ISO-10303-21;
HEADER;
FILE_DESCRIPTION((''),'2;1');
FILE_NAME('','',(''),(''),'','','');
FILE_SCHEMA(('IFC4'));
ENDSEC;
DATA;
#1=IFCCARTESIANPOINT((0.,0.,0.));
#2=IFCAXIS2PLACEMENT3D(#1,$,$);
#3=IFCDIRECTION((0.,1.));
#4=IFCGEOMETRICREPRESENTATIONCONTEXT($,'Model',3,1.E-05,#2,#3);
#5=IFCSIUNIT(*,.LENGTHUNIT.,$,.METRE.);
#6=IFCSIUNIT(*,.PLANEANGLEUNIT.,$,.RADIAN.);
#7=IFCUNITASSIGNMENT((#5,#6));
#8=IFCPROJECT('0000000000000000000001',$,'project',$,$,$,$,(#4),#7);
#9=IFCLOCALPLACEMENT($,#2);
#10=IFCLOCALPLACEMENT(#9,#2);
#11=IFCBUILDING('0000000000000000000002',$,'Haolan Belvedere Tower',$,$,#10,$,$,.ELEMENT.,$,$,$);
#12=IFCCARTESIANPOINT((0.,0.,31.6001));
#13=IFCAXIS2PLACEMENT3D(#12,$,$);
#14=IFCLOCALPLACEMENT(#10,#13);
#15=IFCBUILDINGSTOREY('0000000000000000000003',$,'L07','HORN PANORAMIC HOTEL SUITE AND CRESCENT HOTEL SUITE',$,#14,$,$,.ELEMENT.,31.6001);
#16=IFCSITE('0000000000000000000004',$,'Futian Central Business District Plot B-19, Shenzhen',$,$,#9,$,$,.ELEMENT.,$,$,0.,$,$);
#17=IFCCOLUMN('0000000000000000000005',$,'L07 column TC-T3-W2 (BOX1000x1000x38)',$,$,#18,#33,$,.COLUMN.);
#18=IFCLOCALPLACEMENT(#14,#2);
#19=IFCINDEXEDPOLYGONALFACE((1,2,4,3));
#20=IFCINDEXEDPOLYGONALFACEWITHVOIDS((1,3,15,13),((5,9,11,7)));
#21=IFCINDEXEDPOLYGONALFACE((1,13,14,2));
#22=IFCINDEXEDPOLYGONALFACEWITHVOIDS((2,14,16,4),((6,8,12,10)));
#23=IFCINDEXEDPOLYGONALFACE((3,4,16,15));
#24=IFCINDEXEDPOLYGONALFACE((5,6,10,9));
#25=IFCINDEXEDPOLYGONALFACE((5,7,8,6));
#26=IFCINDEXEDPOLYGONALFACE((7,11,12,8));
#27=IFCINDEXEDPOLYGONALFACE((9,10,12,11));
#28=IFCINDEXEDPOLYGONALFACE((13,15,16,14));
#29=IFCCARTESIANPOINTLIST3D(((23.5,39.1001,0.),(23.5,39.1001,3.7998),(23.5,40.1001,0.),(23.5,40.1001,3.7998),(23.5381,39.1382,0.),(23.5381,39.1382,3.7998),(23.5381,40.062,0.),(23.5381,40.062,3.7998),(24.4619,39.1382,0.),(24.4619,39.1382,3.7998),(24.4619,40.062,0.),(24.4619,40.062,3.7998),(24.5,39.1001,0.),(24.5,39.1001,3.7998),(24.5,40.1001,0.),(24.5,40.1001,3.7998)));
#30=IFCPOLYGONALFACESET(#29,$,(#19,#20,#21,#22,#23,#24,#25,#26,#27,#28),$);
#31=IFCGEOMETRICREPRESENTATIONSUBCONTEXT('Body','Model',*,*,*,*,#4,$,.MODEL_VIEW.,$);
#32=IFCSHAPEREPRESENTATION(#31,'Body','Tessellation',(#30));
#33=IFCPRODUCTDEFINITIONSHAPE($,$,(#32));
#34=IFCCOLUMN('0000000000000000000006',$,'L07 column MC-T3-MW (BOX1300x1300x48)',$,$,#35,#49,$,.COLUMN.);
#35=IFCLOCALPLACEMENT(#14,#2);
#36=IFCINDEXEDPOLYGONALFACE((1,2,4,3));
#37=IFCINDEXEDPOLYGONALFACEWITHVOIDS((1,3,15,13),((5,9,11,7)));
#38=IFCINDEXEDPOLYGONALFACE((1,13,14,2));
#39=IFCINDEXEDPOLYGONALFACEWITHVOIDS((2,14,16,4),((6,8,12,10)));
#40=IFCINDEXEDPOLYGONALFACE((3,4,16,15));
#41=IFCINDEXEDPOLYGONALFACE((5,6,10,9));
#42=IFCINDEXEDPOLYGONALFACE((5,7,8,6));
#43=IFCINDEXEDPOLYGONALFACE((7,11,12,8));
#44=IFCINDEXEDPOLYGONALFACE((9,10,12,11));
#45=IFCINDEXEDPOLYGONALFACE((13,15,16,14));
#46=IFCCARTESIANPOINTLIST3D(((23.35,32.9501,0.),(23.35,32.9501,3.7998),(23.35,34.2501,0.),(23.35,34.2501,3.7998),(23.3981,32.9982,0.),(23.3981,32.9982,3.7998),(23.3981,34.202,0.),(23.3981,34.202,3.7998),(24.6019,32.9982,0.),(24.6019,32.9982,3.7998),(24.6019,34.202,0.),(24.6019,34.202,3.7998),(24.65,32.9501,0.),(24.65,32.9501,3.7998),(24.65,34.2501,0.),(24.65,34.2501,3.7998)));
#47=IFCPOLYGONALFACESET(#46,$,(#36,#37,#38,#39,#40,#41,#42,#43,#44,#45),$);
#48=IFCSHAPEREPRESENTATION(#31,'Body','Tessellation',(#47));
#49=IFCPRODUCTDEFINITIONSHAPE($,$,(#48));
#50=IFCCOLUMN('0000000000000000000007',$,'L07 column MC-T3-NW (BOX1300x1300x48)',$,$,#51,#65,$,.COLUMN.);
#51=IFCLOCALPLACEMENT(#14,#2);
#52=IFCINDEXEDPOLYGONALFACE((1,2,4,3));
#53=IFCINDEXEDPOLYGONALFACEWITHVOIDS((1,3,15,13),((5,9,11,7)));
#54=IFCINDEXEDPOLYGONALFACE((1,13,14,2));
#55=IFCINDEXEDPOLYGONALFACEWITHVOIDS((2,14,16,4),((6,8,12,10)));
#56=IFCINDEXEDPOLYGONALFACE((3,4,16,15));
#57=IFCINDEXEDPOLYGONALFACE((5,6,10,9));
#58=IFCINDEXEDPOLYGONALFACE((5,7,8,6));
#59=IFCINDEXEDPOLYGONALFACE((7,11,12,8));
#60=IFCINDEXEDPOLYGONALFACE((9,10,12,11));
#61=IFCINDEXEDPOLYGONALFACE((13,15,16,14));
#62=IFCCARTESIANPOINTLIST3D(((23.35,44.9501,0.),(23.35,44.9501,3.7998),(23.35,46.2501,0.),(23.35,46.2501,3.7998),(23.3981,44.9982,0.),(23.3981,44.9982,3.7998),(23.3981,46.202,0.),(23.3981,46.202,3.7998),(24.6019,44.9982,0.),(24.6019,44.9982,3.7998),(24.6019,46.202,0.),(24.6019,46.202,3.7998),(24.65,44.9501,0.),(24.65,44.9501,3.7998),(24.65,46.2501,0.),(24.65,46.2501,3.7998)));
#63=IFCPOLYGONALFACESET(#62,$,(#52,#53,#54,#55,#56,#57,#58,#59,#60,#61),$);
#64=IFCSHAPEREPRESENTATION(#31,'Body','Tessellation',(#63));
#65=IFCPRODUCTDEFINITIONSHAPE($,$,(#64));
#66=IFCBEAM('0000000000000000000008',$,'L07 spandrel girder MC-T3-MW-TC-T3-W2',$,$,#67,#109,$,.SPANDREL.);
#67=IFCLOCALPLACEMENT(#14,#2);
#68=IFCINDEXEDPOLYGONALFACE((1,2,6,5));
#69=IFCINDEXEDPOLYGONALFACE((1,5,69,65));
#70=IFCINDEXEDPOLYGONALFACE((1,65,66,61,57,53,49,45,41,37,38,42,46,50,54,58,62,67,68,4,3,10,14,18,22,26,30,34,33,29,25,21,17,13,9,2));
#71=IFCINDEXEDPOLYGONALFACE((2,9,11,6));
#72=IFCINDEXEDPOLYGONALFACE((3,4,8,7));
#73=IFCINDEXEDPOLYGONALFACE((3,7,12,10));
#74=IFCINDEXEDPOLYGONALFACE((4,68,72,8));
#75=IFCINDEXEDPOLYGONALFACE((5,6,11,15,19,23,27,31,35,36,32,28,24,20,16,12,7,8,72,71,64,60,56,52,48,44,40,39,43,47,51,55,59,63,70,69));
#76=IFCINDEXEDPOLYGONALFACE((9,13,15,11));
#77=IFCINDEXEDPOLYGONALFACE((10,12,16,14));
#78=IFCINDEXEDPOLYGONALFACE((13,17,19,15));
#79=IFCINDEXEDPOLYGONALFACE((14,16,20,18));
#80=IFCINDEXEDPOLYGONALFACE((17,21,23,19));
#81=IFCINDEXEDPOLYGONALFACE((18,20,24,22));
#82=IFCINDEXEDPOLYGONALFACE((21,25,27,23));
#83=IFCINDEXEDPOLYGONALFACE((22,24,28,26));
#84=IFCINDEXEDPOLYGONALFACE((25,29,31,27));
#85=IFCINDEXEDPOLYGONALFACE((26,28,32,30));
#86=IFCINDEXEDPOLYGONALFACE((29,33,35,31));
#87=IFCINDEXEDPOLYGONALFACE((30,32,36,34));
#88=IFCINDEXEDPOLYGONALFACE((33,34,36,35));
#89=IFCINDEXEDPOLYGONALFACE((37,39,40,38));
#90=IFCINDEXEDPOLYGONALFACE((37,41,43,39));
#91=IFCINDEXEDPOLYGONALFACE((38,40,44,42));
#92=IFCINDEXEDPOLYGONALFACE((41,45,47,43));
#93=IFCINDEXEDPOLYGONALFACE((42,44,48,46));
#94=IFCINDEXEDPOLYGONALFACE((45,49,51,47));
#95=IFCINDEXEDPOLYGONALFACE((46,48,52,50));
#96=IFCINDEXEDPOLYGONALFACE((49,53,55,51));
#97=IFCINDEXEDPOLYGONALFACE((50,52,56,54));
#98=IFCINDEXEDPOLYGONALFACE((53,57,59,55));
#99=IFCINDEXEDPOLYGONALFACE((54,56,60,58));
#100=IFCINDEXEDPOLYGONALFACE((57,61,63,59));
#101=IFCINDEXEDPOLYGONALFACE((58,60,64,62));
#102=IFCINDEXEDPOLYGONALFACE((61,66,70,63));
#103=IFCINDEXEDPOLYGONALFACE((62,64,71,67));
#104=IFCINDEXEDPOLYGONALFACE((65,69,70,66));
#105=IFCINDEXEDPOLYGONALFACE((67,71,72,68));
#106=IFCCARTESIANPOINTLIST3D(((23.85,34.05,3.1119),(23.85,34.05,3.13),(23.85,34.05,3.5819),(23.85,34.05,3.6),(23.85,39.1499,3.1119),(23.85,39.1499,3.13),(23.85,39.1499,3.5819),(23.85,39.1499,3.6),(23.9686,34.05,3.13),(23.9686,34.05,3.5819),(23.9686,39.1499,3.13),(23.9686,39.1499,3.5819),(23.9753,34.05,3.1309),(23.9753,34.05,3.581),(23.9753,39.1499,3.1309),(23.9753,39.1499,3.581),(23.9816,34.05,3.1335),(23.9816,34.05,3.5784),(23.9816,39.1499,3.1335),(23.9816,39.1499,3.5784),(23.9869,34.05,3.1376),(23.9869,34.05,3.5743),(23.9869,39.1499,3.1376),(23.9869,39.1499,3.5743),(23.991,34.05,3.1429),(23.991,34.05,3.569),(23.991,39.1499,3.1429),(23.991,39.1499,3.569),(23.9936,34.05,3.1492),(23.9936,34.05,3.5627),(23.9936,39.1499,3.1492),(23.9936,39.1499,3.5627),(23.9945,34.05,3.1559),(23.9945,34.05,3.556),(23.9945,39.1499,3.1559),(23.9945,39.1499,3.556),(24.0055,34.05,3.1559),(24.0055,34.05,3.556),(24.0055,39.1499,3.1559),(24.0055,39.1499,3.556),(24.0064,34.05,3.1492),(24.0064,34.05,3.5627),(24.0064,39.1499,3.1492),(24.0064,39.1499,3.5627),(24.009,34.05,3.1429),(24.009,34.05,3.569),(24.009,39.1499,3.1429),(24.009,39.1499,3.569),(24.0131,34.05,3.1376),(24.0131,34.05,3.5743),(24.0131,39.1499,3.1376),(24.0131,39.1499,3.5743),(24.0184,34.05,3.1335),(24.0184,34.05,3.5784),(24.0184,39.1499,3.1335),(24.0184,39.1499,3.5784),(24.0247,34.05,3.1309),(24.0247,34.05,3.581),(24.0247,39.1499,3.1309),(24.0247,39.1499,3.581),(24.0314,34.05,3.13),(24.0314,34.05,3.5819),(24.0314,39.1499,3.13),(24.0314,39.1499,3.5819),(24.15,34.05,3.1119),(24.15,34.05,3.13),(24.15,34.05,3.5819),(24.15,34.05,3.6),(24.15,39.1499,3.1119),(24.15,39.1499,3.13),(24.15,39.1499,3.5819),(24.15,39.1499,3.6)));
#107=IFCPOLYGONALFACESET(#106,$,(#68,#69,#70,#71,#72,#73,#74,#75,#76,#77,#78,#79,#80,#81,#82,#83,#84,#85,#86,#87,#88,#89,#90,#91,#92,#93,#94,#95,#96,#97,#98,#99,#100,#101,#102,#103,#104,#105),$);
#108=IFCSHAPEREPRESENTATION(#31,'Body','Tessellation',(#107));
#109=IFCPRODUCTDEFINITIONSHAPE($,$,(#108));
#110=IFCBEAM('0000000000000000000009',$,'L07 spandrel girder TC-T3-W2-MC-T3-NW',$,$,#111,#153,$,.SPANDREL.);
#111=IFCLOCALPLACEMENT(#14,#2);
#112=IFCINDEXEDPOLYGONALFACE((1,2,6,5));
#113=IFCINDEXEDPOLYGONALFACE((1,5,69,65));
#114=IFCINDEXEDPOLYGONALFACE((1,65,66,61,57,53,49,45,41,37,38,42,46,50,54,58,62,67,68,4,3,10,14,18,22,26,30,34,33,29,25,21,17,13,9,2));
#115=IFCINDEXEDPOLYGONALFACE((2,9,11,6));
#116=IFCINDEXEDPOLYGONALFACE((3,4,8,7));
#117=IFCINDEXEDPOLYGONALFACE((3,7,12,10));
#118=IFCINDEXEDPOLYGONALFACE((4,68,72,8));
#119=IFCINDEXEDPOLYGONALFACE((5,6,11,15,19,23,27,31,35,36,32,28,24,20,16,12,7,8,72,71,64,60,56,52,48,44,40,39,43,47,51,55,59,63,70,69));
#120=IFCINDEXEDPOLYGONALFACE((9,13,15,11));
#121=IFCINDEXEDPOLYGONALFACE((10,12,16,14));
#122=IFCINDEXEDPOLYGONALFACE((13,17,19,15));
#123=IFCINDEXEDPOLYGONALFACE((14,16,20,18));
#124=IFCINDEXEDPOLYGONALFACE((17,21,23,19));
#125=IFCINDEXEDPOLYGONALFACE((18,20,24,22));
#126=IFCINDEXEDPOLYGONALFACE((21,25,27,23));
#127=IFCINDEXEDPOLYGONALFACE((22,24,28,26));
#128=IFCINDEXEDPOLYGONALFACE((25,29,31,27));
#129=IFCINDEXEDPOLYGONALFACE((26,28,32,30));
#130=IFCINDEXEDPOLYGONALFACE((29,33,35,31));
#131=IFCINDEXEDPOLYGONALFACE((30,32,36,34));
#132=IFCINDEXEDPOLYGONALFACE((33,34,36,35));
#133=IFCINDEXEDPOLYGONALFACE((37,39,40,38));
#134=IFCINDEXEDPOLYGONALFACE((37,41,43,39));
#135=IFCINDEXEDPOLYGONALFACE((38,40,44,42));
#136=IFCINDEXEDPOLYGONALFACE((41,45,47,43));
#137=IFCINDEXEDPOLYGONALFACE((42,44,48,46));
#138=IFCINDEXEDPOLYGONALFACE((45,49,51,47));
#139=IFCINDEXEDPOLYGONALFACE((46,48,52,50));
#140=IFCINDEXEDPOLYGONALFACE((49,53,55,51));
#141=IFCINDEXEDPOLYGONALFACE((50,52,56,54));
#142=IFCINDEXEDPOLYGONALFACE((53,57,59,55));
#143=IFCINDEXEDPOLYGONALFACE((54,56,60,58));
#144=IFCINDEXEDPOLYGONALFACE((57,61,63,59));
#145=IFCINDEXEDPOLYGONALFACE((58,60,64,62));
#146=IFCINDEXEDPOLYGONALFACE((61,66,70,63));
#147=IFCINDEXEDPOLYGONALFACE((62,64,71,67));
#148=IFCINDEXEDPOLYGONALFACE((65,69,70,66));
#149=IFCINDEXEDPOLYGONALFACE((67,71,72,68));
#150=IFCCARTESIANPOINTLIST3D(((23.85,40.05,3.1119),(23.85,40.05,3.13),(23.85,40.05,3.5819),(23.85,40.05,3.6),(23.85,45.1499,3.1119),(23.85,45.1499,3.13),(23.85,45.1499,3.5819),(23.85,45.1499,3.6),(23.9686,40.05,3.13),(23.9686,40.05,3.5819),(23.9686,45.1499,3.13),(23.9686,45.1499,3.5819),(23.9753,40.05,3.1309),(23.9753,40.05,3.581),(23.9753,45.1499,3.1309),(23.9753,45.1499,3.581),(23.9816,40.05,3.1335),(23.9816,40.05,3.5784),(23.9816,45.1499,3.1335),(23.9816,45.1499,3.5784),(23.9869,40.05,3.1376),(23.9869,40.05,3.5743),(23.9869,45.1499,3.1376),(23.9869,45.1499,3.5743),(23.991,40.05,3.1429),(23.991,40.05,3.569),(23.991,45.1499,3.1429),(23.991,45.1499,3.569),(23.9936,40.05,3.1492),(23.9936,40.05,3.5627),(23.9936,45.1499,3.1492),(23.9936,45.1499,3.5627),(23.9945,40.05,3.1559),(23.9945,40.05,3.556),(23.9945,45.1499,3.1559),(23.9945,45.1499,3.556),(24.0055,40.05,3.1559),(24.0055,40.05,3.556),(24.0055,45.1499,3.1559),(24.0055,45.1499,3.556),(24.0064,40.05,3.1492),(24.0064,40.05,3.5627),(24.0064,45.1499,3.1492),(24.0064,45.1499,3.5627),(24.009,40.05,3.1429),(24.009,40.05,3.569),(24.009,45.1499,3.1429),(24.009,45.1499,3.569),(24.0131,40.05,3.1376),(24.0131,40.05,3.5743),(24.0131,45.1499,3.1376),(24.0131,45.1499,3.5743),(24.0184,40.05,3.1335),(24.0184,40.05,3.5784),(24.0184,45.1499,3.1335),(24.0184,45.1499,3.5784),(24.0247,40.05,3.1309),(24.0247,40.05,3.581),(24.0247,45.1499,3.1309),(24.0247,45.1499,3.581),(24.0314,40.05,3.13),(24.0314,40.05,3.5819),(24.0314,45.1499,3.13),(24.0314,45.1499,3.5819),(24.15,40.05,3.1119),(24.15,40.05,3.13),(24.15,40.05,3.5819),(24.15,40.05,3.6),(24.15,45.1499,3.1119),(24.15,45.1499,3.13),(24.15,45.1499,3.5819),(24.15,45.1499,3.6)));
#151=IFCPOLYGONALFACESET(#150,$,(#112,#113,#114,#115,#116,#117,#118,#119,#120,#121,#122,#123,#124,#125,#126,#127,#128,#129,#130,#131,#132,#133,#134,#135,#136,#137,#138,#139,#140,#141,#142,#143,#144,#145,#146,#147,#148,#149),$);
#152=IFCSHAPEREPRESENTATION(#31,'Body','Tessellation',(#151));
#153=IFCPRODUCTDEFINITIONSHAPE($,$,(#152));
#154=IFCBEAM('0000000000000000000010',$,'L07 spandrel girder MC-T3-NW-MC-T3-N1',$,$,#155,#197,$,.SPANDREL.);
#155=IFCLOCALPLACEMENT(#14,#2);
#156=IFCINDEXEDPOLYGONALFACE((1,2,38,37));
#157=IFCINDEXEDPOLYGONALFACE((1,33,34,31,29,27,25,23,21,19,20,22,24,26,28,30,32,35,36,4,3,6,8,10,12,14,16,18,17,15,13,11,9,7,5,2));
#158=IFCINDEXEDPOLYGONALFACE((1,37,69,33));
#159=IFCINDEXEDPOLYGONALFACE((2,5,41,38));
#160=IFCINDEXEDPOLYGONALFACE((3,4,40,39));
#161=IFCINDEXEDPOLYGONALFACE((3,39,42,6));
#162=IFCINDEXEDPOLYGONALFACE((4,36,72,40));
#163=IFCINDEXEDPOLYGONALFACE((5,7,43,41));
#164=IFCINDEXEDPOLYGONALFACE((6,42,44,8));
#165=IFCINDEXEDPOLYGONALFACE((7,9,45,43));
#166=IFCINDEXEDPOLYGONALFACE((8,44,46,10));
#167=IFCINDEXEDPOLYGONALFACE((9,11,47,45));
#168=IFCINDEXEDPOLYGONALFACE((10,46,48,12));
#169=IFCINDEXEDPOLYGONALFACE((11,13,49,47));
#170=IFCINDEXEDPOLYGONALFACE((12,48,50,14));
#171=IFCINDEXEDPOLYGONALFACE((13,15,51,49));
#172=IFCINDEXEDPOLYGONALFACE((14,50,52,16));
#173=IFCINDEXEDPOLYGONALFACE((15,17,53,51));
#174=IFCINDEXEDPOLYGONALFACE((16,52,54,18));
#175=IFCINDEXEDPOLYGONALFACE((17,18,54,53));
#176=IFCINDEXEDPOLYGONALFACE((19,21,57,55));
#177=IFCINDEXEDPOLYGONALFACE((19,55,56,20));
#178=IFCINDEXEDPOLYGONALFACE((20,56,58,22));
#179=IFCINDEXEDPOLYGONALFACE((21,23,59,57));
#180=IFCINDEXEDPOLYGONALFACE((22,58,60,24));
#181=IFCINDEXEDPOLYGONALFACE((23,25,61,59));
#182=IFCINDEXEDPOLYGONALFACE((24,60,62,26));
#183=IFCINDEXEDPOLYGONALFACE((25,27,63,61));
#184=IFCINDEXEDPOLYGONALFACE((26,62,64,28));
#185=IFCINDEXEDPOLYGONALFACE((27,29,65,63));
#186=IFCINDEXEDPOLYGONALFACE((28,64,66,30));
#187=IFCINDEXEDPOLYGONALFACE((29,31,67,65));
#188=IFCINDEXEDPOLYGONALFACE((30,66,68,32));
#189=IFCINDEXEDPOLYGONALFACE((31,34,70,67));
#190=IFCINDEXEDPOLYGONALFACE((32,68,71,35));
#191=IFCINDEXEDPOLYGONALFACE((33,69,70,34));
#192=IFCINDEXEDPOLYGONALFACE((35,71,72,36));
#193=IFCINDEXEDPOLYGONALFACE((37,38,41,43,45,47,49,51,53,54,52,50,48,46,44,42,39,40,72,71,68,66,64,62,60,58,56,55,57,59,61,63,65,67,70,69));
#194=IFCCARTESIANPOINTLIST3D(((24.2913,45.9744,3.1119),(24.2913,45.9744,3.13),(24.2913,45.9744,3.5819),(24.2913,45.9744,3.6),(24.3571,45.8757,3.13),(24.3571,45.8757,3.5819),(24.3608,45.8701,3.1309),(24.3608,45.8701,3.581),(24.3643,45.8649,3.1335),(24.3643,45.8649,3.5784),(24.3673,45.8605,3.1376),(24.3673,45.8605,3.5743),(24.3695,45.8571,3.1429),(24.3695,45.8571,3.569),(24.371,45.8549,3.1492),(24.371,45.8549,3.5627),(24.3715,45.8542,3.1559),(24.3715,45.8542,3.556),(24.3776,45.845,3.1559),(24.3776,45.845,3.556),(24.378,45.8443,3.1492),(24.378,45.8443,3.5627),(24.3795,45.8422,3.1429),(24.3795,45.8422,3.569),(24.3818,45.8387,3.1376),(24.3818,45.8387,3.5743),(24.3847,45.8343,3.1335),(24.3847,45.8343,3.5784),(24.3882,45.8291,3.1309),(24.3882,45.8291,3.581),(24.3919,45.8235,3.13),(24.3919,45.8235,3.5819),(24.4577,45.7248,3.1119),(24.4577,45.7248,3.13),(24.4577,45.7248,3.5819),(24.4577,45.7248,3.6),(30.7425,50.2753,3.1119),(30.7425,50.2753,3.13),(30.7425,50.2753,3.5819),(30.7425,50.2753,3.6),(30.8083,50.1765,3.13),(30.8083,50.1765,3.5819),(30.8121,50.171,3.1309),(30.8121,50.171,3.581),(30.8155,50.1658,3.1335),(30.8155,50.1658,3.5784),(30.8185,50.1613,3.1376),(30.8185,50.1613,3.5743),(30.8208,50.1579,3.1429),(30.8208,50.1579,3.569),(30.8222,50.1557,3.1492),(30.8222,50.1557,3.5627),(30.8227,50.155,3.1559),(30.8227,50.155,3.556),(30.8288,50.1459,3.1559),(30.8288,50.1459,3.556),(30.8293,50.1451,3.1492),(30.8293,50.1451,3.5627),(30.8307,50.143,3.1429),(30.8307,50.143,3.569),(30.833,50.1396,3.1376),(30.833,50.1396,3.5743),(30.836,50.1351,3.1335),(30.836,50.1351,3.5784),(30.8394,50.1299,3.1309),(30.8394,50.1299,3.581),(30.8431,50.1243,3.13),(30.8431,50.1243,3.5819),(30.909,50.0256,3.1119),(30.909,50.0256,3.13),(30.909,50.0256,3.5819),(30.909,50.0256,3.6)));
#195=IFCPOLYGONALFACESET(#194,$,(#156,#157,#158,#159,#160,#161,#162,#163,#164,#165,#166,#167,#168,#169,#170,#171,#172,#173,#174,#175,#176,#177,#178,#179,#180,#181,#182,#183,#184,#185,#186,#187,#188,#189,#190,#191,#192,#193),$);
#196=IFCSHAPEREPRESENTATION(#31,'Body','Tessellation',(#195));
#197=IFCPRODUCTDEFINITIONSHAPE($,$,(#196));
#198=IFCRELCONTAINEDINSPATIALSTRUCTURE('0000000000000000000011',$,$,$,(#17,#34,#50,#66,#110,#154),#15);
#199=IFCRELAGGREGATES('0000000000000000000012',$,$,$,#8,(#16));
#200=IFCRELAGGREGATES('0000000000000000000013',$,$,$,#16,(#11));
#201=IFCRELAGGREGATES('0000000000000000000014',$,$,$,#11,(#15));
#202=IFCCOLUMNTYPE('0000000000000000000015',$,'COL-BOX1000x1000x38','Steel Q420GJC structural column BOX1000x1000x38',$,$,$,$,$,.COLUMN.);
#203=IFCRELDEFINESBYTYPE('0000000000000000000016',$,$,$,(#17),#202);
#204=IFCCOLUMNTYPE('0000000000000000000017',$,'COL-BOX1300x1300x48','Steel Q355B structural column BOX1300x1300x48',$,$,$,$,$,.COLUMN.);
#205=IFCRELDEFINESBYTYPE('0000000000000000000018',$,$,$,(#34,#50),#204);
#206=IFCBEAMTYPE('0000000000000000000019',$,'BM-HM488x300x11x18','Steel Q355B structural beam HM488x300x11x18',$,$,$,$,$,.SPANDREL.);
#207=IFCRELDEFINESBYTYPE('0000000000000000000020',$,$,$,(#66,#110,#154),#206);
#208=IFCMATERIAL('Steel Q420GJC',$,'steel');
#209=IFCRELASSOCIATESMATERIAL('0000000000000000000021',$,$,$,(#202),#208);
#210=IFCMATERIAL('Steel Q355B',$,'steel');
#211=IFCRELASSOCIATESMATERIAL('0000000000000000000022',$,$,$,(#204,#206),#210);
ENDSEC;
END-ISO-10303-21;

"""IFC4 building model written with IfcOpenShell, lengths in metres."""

from ifc_helpers import new_model, si_unit, direction, frame, origin, origin_2d, place, context, subcontext, project, spatial, hollow_rectangle, i_section, extrude, material, material_profile, profile_set, type_object, element, save


model = new_model("IFC4")

# Units and contexts
model_context = context("Model", 3, precision=1e-05, world=origin(), true_north=direction((0.0, 1.0)))
body_context = subcontext(model_context, "Body", "Model", "MODEL_VIEW")
ifc_project = project(units=[si_unit("LENGTHUNIT", "METRE"), si_unit("PLANEANGLEUNIT", "RADIAN")], contexts=[model_context])

# Site, building, storey
site_placement = place(None, origin())
site = spatial("IfcSite", under=ifc_project, at=site_placement, Name="Futian Central Business District Plot B-19, Shenzhen", CompositionType="ELEMENT", RefElevation=0.0)
building_placement = place(site_placement, origin())
building = spatial("IfcBuilding", under=site, at=building_placement, Name="Haolan Belvedere Tower", CompositionType="ELEMENT")
storey_placement = place(building_placement, frame((0.0, 0.0, 31.6001)))
storey = spatial("IfcBuildingStorey", under=building, at=storey_placement, Name="L07", Description="HORN PANORAMIC HOTEL SUITE AND CRESCENT HOTEL SUITE", CompositionType="ELEMENT", Elevation=31.6001)

# Columns
ifc_material_1 = material(Name="Steel Q420GJC", Category="steel")
ifc_material_profile_1 = material_profile(ifc_material_1, hollow_rectangle(XDim=1.0, YDim=1.0, WallThickness=0.0381, at=origin_2d()), Name="Steel Q420GJC")
ifc_profile_set_1 = profile_set([ifc_material_profile_1], Name="Steel Q420GJC")
column_type_1 = type_object("IfcColumnType", Name="COL-BOX1000x1000x38", Description="Steel Q420GJC structural column BOX1000x1000x38", PredefinedType="COLUMN", material=ifc_profile_set_1)
column_placement = place(storey_placement, frame((24.0, 39.6001, 0.0), z_axis=(0.0, 0.0, 1.0), x_axis=(1.0, 0.0, 0.0)))
element("IfcColumn", 1, at=column_placement, inside=storey, type_object=column_type_1, Name="L07 column TC-T3-W2 (BOX1000x1000x38)", PredefinedType="COLUMN", context=body_context, shape_type="SweptSolid", body=[
    extrude(hollow_rectangle(XDim=1.0, YDim=1.0, WallThickness=0.0381, at=origin_2d()), origin(), (0.0, 0.0, 1.0), 3.7998),
])
ifc_material_2 = material(Name="Steel Q355B", Category="steel")
ifc_material_profile_2 = material_profile(ifc_material_2, hollow_rectangle(XDim=1.3, YDim=1.3, WallThickness=0.0481, at=origin_2d()), Name="Steel Q355B")
ifc_profile_set_2 = profile_set([ifc_material_profile_2], Name="Steel Q355B")
column_type_2 = type_object("IfcColumnType", Name="COL-BOX1300x1300x48", Description="Steel Q355B structural column BOX1300x1300x48", PredefinedType="COLUMN", material=ifc_profile_set_2)
for number, where, z_axis, x_axis, name in (
    (2, (24.0, 33.6001, 0.0), (0.0, 0.0, 1.0), (1.0, 0.0, 0.0), "L07 column MC-T3-MW (BOX1300x1300x48)"),
    (3, (24.0, 45.6001, 0.0), (0.0, 0.0, 1.0), (1.0, 0.0, 0.0), "L07 column MC-T3-NW (BOX1300x1300x48)"),
):
    element("IfcColumn", number, at=place(storey_placement, frame(where, z_axis=z_axis, x_axis=x_axis)), inside=storey, type_object=column_type_2, Name=name, PredefinedType="COLUMN", context=body_context, shape_type="SweptSolid", body=[
        extrude(hollow_rectangle(XDim=1.3, YDim=1.3, WallThickness=0.0481, at=origin_2d()), origin(), (0.0, 0.0, 1.0), 3.7998),
    ])

# Beams
ifc_material_profile_3 = material_profile(ifc_material_2, i_section(OverallWidth=0.3, OverallDepth=0.488, WebThickness=0.011, FlangeThickness=0.0181, FilletRadius=0.0259, at=origin_2d()), Name="Steel Q355B")
ifc_profile_set_3 = profile_set([ifc_material_profile_3], Name="Steel Q355B")
beam_type_1 = type_object("IfcBeamType", Name="BM-HM488x300x11x18", Description="Steel Q355B structural beam HM488x300x11x18", PredefinedType="SPANDREL", material=ifc_profile_set_3)
for number, where, z_axis, x_axis, name in (
    (4, (24.0, 34.05, 3.356), (0.0, 1.0, 0.0), (-1.0, 0.0, 0.0), "L07 spandrel girder MC-T3-MW-TC-T3-W2"),
    (5, (24.0, 40.05, 3.356), (0.0, 1.0, 0.0), (-1.0, 0.0, 0.0), "L07 spandrel girder TC-T3-W2-MC-T3-NW"),
):
    element("IfcBeam", number, at=place(storey_placement, frame(where, z_axis=z_axis, x_axis=x_axis)), inside=storey, type_object=beam_type_1, Name=name, PredefinedType="SPANDREL", context=body_context, shape_type="SweptSolid", body=[
        extrude(i_section(OverallWidth=0.3, OverallDepth=0.488, WebThickness=0.011, FlangeThickness=0.0181, FilletRadius=0.0259, at=origin_2d()), origin(), (0.0, 0.0, 1.0), 5.0999),
    ])
beam_placement = place(storey_placement, frame((24.3745, 45.8496, 3.356), z_axis=(0.83205, 0.5547, 0.0), x_axis=(-0.5547, 0.83205, 0.0)))
element("IfcBeam", 6, at=beam_placement, inside=storey, type_object=beam_type_1, Name="L07 spandrel girder MC-T3-NW-MC-T3-N1", PredefinedType="SPANDREL", context=body_context, shape_type="SweptSolid", body=[
    extrude(i_section(OverallWidth=0.3, OverallDepth=0.488, WebThickness=0.011, FlangeThickness=0.0181, FilletRadius=0.0259, at=origin_2d()), origin(), (0.0, 0.0, 1.0), 7.7534),
])

save(model, "model.ifc")
